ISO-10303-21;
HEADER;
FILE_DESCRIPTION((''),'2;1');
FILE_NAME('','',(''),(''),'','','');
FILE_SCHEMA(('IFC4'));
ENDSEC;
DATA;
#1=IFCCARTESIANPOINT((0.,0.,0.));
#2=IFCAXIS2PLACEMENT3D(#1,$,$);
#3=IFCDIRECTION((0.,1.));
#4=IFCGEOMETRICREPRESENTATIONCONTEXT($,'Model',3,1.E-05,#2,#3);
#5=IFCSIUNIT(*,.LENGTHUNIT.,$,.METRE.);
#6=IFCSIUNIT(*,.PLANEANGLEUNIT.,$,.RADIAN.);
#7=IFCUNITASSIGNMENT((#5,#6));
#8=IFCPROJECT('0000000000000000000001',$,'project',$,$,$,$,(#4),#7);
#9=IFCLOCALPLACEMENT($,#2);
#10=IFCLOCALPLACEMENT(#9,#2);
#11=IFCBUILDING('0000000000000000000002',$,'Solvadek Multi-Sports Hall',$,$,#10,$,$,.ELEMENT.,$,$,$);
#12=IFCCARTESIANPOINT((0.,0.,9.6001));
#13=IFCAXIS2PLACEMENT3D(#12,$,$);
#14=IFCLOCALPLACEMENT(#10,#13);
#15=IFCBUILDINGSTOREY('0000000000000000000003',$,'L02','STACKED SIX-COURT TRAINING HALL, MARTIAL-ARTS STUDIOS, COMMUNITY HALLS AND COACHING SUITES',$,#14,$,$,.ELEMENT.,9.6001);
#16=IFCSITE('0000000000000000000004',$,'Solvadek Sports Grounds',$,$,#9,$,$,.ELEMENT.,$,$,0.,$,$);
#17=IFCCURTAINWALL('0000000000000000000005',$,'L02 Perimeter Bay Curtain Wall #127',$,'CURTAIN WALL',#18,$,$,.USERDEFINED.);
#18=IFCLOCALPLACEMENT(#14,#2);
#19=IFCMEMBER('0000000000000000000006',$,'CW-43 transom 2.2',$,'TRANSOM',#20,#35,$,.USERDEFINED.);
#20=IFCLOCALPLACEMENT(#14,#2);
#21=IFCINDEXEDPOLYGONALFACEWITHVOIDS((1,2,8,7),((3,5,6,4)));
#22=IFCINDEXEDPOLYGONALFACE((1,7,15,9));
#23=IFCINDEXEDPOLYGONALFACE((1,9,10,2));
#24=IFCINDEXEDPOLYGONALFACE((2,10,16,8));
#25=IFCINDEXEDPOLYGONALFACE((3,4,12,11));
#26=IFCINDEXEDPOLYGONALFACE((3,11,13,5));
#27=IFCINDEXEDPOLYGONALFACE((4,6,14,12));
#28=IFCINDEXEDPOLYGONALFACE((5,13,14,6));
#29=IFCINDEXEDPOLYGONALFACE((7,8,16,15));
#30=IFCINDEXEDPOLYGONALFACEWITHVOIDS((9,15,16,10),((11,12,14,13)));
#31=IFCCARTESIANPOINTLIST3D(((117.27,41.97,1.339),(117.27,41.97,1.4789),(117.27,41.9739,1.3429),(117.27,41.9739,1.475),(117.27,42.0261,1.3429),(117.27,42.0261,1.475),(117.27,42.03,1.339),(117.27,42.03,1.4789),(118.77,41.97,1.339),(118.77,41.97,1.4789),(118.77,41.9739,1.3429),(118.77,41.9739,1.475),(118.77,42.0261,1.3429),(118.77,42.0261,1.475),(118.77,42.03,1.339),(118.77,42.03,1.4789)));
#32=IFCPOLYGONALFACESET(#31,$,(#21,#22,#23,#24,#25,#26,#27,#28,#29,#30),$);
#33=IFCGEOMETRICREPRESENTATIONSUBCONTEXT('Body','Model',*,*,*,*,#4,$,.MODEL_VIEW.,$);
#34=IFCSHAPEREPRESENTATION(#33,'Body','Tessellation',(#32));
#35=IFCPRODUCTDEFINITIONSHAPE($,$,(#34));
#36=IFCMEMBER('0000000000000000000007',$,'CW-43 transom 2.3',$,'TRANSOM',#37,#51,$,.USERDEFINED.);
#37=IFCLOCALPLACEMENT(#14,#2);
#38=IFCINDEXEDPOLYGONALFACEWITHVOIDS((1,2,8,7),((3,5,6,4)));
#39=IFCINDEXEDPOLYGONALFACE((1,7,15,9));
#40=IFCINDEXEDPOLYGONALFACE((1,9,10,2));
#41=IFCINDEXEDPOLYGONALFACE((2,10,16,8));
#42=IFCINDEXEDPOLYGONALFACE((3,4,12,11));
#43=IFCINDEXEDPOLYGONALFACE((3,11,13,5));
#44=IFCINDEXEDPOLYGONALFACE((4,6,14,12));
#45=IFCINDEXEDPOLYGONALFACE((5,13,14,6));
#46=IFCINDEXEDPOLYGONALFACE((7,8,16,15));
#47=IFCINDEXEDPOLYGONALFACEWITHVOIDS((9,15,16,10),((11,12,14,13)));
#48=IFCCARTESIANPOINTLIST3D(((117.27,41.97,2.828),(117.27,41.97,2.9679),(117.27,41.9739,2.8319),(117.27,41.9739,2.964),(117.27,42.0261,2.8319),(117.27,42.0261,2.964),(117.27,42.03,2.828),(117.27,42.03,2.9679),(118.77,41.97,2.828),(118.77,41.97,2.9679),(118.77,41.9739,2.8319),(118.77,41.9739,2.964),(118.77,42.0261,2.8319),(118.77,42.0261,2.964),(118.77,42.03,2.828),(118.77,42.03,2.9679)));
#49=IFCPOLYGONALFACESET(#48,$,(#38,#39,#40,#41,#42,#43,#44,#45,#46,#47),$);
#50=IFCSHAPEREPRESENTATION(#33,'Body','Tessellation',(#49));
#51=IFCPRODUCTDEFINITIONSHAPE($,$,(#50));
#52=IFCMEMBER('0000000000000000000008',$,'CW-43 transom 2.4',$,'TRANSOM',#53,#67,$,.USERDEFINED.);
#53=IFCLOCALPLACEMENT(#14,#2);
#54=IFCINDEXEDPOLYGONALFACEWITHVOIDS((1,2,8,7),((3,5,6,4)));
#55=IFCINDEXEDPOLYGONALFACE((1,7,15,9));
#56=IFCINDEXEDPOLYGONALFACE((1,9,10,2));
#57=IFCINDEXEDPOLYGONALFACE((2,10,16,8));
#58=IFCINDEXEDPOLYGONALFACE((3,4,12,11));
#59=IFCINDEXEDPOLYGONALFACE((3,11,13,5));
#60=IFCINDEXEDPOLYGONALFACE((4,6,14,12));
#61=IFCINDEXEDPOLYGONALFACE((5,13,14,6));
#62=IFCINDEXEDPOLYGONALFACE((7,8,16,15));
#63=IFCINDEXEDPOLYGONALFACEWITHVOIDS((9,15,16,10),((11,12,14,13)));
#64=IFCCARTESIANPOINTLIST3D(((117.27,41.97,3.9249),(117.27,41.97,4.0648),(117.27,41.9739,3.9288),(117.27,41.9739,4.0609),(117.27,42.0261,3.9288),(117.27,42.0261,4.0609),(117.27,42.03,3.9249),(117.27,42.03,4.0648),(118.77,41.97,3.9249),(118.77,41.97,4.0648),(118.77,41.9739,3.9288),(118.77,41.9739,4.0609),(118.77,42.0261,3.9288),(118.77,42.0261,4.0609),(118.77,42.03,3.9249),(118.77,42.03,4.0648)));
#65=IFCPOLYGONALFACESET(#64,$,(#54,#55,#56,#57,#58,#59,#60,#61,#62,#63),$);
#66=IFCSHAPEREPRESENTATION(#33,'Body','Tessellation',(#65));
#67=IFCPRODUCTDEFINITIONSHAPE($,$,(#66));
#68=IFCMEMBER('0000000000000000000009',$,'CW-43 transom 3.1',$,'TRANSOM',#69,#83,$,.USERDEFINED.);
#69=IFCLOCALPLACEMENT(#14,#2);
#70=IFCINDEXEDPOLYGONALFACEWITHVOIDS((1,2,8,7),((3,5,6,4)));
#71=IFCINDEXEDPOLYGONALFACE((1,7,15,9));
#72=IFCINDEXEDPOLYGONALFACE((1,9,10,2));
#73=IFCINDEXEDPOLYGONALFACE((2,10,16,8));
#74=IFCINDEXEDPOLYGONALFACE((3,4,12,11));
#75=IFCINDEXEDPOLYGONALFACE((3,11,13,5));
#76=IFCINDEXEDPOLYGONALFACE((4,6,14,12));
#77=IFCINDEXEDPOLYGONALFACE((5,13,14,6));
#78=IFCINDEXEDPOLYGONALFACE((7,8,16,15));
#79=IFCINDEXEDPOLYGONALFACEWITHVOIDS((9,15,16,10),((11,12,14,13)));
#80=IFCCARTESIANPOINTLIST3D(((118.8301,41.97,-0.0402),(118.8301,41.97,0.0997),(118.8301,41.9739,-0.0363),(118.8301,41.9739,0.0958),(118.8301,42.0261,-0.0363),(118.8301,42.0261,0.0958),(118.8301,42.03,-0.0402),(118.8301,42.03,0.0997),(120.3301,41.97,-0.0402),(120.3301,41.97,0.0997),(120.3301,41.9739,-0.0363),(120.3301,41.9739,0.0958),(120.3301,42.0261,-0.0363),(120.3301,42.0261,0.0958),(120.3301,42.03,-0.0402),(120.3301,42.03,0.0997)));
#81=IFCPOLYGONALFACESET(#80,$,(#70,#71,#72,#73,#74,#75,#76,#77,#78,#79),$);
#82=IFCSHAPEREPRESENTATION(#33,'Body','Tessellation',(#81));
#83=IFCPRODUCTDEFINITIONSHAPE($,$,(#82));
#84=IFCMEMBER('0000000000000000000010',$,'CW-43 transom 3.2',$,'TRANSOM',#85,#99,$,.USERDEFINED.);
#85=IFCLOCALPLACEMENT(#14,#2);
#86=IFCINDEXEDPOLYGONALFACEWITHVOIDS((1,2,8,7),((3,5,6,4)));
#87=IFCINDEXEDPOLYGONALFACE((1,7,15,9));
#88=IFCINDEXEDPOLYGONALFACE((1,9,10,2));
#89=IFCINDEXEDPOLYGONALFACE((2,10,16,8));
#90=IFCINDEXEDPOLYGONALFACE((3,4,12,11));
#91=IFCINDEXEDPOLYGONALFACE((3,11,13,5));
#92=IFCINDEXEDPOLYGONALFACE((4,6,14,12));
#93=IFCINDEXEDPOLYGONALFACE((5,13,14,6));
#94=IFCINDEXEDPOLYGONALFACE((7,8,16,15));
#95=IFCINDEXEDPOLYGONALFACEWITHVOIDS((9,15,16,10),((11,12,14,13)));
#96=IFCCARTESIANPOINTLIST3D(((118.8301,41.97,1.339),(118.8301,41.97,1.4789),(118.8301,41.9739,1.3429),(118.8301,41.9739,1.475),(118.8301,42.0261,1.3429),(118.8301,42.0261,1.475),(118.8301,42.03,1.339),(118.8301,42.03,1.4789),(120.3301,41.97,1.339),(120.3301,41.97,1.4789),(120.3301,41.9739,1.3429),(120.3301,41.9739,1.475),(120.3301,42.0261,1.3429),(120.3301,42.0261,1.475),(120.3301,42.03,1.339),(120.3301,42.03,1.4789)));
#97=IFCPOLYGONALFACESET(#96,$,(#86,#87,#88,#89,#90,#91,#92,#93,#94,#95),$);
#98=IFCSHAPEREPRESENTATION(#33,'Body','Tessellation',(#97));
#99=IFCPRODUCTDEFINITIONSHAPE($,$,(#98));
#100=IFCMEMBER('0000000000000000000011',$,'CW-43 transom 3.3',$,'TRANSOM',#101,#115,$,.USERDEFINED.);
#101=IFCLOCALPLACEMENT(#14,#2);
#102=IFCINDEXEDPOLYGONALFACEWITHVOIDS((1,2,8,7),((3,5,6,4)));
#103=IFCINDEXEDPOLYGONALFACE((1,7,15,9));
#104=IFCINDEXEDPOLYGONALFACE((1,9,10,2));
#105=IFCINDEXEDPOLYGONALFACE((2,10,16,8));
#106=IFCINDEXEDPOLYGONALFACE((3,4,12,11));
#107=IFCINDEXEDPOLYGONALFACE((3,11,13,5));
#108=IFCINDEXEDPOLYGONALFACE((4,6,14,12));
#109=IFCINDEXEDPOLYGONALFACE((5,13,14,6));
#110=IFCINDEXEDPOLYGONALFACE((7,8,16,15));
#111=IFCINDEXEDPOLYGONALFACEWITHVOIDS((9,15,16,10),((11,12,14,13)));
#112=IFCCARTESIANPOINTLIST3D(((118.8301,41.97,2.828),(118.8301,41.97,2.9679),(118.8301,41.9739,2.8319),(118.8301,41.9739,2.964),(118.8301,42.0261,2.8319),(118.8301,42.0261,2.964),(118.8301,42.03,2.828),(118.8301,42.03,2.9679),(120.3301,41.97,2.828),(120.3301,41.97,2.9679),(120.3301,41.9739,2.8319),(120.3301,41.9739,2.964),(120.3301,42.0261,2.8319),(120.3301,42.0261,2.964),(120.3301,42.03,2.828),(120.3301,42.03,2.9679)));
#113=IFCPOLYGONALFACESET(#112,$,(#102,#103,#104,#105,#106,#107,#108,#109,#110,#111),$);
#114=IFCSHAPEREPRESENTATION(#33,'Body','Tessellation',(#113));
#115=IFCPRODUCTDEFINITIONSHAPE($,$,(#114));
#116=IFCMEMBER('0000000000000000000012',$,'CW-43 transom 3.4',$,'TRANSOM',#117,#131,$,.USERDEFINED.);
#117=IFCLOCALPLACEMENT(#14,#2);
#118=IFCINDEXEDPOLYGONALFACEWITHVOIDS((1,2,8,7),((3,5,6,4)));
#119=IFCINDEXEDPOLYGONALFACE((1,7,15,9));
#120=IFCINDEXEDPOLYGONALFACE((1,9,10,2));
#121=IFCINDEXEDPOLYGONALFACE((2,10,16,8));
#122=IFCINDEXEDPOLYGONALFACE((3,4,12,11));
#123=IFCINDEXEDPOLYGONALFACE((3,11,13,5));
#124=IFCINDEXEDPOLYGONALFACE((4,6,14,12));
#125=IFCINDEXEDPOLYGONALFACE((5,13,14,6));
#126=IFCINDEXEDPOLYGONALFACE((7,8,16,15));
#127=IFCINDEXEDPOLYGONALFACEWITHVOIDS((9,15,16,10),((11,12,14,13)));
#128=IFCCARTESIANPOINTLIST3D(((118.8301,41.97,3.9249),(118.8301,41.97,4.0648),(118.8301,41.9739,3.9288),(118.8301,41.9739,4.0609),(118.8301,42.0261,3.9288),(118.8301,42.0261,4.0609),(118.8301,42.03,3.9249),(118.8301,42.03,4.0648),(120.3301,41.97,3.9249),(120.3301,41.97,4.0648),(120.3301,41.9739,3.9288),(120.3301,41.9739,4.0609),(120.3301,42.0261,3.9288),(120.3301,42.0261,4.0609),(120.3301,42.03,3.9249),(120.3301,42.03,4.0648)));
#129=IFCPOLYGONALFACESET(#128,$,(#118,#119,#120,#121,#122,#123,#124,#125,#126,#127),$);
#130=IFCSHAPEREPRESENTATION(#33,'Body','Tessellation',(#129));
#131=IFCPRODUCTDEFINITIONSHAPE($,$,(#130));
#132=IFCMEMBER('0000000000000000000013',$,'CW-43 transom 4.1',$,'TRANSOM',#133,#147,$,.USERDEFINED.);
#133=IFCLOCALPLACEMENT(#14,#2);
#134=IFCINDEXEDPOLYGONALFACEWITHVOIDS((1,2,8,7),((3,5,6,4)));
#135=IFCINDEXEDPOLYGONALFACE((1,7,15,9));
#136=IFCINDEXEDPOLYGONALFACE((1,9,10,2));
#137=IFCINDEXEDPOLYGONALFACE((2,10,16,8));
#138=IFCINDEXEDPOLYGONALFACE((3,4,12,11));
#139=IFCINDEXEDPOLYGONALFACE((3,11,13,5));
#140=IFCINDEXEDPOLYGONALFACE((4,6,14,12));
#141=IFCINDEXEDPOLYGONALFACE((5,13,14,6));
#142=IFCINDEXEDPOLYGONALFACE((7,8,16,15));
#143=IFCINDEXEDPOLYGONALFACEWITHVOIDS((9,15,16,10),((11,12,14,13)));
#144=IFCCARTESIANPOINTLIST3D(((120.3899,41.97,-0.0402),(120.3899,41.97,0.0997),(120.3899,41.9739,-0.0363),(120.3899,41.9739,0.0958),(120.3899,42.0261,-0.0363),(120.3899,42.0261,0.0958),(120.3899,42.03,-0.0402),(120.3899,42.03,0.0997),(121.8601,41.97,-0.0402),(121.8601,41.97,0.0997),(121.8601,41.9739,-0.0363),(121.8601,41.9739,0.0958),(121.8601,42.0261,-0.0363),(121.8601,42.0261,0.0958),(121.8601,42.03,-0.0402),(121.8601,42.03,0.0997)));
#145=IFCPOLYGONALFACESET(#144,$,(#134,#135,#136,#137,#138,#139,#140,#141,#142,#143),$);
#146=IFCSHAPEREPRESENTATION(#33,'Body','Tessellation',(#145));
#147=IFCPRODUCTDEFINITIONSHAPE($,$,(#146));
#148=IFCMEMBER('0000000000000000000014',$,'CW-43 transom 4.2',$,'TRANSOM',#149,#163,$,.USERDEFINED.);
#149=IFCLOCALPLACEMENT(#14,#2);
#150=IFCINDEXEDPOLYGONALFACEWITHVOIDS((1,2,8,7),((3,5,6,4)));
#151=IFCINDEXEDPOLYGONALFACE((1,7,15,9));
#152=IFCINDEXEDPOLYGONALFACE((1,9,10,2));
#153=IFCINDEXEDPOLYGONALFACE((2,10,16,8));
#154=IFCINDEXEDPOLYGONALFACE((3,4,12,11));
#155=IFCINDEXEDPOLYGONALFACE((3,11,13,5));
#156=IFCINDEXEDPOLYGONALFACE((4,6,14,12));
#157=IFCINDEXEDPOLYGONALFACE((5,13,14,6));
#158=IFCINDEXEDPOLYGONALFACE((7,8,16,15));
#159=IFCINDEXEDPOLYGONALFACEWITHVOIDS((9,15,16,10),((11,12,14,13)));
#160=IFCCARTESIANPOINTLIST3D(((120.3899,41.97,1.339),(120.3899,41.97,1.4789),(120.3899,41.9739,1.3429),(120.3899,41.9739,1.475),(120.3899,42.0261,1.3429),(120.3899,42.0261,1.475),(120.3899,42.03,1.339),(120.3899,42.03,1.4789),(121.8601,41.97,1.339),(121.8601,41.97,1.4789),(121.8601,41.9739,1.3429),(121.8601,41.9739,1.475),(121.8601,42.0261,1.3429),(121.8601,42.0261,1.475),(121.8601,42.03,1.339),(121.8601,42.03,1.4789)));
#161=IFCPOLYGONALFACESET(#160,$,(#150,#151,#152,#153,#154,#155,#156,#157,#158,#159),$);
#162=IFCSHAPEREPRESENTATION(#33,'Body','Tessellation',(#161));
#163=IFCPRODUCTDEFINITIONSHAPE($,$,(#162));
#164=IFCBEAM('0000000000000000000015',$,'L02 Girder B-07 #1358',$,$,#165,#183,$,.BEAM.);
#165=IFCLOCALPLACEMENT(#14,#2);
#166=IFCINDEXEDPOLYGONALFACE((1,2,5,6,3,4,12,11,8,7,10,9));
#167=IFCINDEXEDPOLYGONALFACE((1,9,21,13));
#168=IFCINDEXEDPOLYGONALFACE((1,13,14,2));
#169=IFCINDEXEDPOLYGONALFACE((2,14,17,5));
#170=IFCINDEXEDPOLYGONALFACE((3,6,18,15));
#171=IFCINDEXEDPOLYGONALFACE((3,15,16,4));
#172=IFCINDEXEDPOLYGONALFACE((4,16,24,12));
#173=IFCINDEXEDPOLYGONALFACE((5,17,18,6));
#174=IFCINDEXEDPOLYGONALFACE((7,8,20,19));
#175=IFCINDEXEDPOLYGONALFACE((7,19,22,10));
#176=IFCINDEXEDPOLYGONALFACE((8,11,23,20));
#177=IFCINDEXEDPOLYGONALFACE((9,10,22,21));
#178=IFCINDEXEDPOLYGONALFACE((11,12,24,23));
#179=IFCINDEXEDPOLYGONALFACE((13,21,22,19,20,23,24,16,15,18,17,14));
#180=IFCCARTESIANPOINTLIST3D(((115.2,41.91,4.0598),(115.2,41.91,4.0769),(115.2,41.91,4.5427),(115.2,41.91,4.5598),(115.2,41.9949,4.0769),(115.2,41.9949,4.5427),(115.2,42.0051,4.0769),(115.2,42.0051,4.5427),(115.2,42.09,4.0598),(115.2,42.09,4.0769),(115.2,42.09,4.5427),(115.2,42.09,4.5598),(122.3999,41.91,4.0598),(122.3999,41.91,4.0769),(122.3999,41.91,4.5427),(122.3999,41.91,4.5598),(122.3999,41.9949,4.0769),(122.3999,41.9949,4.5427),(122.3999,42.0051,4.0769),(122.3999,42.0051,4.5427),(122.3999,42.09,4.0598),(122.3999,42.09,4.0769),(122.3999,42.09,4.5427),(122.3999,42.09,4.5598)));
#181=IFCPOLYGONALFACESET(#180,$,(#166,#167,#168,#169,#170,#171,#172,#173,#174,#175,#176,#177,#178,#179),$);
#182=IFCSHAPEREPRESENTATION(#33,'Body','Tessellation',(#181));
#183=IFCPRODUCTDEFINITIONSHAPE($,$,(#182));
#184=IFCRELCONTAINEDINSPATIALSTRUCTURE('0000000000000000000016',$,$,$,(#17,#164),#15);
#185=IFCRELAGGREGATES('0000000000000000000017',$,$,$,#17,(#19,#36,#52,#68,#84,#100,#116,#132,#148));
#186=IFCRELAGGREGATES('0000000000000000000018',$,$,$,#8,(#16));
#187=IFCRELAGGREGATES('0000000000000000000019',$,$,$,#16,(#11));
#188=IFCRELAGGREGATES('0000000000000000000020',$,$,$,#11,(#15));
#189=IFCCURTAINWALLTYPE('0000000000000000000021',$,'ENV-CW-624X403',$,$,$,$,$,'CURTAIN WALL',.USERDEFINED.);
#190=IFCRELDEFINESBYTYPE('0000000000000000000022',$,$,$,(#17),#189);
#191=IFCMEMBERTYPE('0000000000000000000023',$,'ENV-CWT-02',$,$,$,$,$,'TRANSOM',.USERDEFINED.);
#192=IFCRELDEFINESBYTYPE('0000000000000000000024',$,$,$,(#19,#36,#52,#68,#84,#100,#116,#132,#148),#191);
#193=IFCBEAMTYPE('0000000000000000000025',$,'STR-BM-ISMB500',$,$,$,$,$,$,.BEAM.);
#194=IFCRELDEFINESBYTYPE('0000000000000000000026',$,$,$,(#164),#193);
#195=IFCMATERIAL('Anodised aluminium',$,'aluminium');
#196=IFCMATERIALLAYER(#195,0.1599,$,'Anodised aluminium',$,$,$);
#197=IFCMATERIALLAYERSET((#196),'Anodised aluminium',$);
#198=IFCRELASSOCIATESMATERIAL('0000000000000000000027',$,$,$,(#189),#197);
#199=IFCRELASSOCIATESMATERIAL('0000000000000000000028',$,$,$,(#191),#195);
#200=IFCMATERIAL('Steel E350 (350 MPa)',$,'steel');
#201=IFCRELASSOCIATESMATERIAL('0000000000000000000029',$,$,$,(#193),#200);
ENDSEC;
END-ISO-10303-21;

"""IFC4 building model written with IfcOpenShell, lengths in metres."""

from ifc_helpers import new_model, si_unit, direction, frame, origin, origin_2d, place, context, subcontext, project, spatial, hollow_rectangle, i_section, extrude, material, layer, layer_set, material_profile, profile_set, type_object, element, aggregate, save


model = new_model("IFC4")

# Units and contexts
model_context = context("Model", 3, precision=1e-05, world=origin(), true_north=direction((0.0, 1.0)))
body_context = subcontext(model_context, "Body", "Model", "MODEL_VIEW")
ifc_project = project(units=[si_unit("LENGTHUNIT", "METRE"), si_unit("PLANEANGLEUNIT", "RADIAN")], contexts=[model_context])

# Site, building, storey
site_placement = place(None, origin())
site = spatial("IfcSite", under=ifc_project, at=site_placement, Name="Solvadek Sports Grounds", CompositionType="ELEMENT", RefElevation=0.0)
building_placement = place(site_placement, origin())
building = spatial("IfcBuilding", under=site, at=building_placement, Name="Solvadek Multi-Sports Hall", CompositionType="ELEMENT")
storey_placement = place(building_placement, frame((0.0, 0.0, 9.6001)))
storey = spatial("IfcBuildingStorey", under=building, at=storey_placement, Name="L02", Description="STACKED SIX-COURT TRAINING HALL, MARTIAL-ARTS STUDIOS, COMMUNITY HALLS AND COACHING SUITES", CompositionType="ELEMENT", Elevation=9.6001)

# Shared definitions
ifc_material_1 = material(Name="Steel E350 (350 MPa)", Category="steel")

# Curtain wall, members
ifc_material_2 = material(Name="Anodised aluminium", Category="aluminium")
ifc_layer_1 = layer(ifc_material_2, 0.1599, Name="Anodised aluminium")
ifc_layer_set_1 = layer_set([ifc_layer_1], Name="Anodised aluminium")
curtain_wall_type = type_object("IfcCurtainWallType", Name="ENV-CW-624X403", ElementType="CURTAIN WALL", PredefinedType="USERDEFINED", material=ifc_layer_set_1)
curtain_wall_placement = place(storey_placement, origin())
curtain_wall = element("IfcCurtainWall", 1, at=curtain_wall_placement, inside=storey, type_object=curtain_wall_type, Name="L02 Perimeter Bay Curtain Wall #127", ObjectType="CURTAIN WALL", PredefinedType="USERDEFINED")
ifc_material_profile_1 = material_profile(ifc_material_2, hollow_rectangle(XDim=0.0601, YDim=0.1399, WallThickness=0.0039, at=origin_2d()), Name="ALU-T 140x60x4")
ifc_profile_set_1 = profile_set([ifc_material_profile_1], Name="Anodised aluminium")
member_type_1 = type_object("IfcMemberType", Name="ENV-CWT-02", ElementType="TRANSOM", PredefinedType="USERDEFINED", material=ifc_profile_set_1)
member_1_placement = place(storey_placement, frame((117.27, 42.0, 1.4089), z_axis=(1.0, 0.0, 0.0), x_axis=(0.0, 1.0, 0.0)))
member_1 = element("IfcMember", 2, at=member_1_placement, type_object=member_type_1, Name="CW-43 transom 2.2", ObjectType="TRANSOM", PredefinedType="USERDEFINED", context=body_context, shape_type="SweptSolid", body=[
    extrude(hollow_rectangle(XDim=0.0601, YDim=0.1399, WallThickness=0.0039, at=origin_2d()), origin(), (0.0, 0.0, 1.0), 1.5),
])
member_2_placement = place(storey_placement, frame((117.27, 42.0, 2.8979), z_axis=(1.0, 0.0, 0.0), x_axis=(0.0, 1.0, 0.0)))
member_2 = element("IfcMember", 3, at=member_2_placement, type_object=member_type_1, Name="CW-43 transom 2.3", ObjectType="TRANSOM", PredefinedType="USERDEFINED", context=body_context, shape_type="SweptSolid", body=[
    extrude(hollow_rectangle(XDim=0.0601, YDim=0.1399, WallThickness=0.0039, at=origin_2d()), origin(), (0.0, 0.0, 1.0), 1.5),
])
member_3_placement = place(storey_placement, frame((117.27, 42.0, 3.9949), z_axis=(1.0, 0.0, 0.0), x_axis=(0.0, 1.0, 0.0)))
member_3 = element("IfcMember", 4, at=member_3_placement, type_object=member_type_1, Name="CW-43 transom 2.4", ObjectType="TRANSOM", PredefinedType="USERDEFINED", context=body_context, shape_type="SweptSolid", body=[
    extrude(hollow_rectangle(XDim=0.0601, YDim=0.1399, WallThickness=0.0039, at=origin_2d()), origin(), (0.0, 0.0, 1.0), 1.5),
])
member_4_placement = place(storey_placement, frame((118.8301, 42.0, 0.0298), z_axis=(1.0, 0.0, 0.0), x_axis=(0.0, 1.0, 0.0)))
member_4 = element("IfcMember", 5, at=member_4_placement, type_object=member_type_1, Name="CW-43 transom 3.1", ObjectType="TRANSOM", PredefinedType="USERDEFINED", context=body_context, shape_type="SweptSolid", body=[
    extrude(hollow_rectangle(XDim=0.0601, YDim=0.1399, WallThickness=0.0039, at=origin_2d()), origin(), (0.0, 0.0, 1.0), 1.5),
])
member_5_placement = place(storey_placement, frame((118.8301, 42.0, 1.4089), z_axis=(1.0, 0.0, 0.0), x_axis=(0.0, 1.0, 0.0)))
member_5 = element("IfcMember", 6, at=member_5_placement, type_object=member_type_1, Name="CW-43 transom 3.2", ObjectType="TRANSOM", PredefinedType="USERDEFINED", context=body_context, shape_type="SweptSolid", body=[
    extrude(hollow_rectangle(XDim=0.0601, YDim=0.1399, WallThickness=0.0039, at=origin_2d()), origin(), (0.0, 0.0, 1.0), 1.5),
])
member_6_placement = place(storey_placement, frame((118.8301, 42.0, 2.8979), z_axis=(1.0, 0.0, 0.0), x_axis=(0.0, 1.0, 0.0)))
member_6 = element("IfcMember", 7, at=member_6_placement, type_object=member_type_1, Name="CW-43 transom 3.3", ObjectType="TRANSOM", PredefinedType="USERDEFINED", context=body_context, shape_type="SweptSolid", body=[
    extrude(hollow_rectangle(XDim=0.0601, YDim=0.1399, WallThickness=0.0039, at=origin_2d()), origin(), (0.0, 0.0, 1.0), 1.5),
])
member_7_placement = place(storey_placement, frame((118.8301, 42.0, 3.9949), z_axis=(1.0, 0.0, 0.0), x_axis=(0.0, 1.0, 0.0)))
member_7 = element("IfcMember", 8, at=member_7_placement, type_object=member_type_1, Name="CW-43 transom 3.4", ObjectType="TRANSOM", PredefinedType="USERDEFINED", context=body_context, shape_type="SweptSolid", body=[
    extrude(hollow_rectangle(XDim=0.0601, YDim=0.1399, WallThickness=0.0039, at=origin_2d()), origin(), (0.0, 0.0, 1.0), 1.5),
])
member_8_placement = place(storey_placement, frame((120.3899, 42.0, 0.0298), z_axis=(1.0, 0.0, 0.0), x_axis=(0.0, 1.0, 0.0)))
member_8 = element("IfcMember", 9, at=member_8_placement, type_object=member_type_1, Name="CW-43 transom 4.1", ObjectType="TRANSOM", PredefinedType="USERDEFINED", context=body_context, shape_type="SweptSolid", body=[
    extrude(hollow_rectangle(XDim=0.0601, YDim=0.1399, WallThickness=0.0039, at=origin_2d()), origin(), (0.0, 0.0, 1.0), 1.4702),
])
member_9_placement = place(storey_placement, frame((120.3899, 42.0, 1.4089), z_axis=(1.0, 0.0, 0.0), x_axis=(0.0, 1.0, 0.0)))
member_9 = element("IfcMember", 10, at=member_9_placement, type_object=member_type_1, Name="CW-43 transom 4.2", ObjectType="TRANSOM", PredefinedType="USERDEFINED", context=body_context, shape_type="SweptSolid", body=[
    extrude(hollow_rectangle(XDim=0.0601, YDim=0.1399, WallThickness=0.0039, at=origin_2d()), origin(), (0.0, 0.0, 1.0), 1.4702),
])

# Beam
ifc_material_profile_2 = material_profile(ifc_material_1, i_section(OverallWidth=0.1799, OverallDepth=0.5, WebThickness=0.0103, FlangeThickness=0.0171, at=origin_2d()), Name="ISMB 500")
ifc_profile_set_2 = profile_set([ifc_material_profile_2], Name="Steel E350 (350 MPa)")
beam_type = type_object("IfcBeamType", Name="STR-BM-ISMB500", PredefinedType="BEAM", material=ifc_profile_set_2)
beam_placement = place(storey_placement, frame((115.2, 42.0, 4.3098), z_axis=(1.0, 0.0, 0.0), x_axis=(0.0, 1.0, 0.0)))
element("IfcBeam", 11, at=beam_placement, inside=storey, type_object=beam_type, Name="L02 Girder B-07 #1358", PredefinedType="BEAM", context=body_context, shape_type="SweptSolid", body=[
    extrude(i_section(OverallWidth=0.1799, OverallDepth=0.5, WebThickness=0.0103, FlangeThickness=0.0171, at=origin_2d()), origin(), (0.0, 0.0, 1.0), 7.2),
])

aggregate(curtain_wall, [member_1, member_2, member_3, member_4, member_5, member_6, member_7, member_8, member_9])

save(model, "model.ifc")
